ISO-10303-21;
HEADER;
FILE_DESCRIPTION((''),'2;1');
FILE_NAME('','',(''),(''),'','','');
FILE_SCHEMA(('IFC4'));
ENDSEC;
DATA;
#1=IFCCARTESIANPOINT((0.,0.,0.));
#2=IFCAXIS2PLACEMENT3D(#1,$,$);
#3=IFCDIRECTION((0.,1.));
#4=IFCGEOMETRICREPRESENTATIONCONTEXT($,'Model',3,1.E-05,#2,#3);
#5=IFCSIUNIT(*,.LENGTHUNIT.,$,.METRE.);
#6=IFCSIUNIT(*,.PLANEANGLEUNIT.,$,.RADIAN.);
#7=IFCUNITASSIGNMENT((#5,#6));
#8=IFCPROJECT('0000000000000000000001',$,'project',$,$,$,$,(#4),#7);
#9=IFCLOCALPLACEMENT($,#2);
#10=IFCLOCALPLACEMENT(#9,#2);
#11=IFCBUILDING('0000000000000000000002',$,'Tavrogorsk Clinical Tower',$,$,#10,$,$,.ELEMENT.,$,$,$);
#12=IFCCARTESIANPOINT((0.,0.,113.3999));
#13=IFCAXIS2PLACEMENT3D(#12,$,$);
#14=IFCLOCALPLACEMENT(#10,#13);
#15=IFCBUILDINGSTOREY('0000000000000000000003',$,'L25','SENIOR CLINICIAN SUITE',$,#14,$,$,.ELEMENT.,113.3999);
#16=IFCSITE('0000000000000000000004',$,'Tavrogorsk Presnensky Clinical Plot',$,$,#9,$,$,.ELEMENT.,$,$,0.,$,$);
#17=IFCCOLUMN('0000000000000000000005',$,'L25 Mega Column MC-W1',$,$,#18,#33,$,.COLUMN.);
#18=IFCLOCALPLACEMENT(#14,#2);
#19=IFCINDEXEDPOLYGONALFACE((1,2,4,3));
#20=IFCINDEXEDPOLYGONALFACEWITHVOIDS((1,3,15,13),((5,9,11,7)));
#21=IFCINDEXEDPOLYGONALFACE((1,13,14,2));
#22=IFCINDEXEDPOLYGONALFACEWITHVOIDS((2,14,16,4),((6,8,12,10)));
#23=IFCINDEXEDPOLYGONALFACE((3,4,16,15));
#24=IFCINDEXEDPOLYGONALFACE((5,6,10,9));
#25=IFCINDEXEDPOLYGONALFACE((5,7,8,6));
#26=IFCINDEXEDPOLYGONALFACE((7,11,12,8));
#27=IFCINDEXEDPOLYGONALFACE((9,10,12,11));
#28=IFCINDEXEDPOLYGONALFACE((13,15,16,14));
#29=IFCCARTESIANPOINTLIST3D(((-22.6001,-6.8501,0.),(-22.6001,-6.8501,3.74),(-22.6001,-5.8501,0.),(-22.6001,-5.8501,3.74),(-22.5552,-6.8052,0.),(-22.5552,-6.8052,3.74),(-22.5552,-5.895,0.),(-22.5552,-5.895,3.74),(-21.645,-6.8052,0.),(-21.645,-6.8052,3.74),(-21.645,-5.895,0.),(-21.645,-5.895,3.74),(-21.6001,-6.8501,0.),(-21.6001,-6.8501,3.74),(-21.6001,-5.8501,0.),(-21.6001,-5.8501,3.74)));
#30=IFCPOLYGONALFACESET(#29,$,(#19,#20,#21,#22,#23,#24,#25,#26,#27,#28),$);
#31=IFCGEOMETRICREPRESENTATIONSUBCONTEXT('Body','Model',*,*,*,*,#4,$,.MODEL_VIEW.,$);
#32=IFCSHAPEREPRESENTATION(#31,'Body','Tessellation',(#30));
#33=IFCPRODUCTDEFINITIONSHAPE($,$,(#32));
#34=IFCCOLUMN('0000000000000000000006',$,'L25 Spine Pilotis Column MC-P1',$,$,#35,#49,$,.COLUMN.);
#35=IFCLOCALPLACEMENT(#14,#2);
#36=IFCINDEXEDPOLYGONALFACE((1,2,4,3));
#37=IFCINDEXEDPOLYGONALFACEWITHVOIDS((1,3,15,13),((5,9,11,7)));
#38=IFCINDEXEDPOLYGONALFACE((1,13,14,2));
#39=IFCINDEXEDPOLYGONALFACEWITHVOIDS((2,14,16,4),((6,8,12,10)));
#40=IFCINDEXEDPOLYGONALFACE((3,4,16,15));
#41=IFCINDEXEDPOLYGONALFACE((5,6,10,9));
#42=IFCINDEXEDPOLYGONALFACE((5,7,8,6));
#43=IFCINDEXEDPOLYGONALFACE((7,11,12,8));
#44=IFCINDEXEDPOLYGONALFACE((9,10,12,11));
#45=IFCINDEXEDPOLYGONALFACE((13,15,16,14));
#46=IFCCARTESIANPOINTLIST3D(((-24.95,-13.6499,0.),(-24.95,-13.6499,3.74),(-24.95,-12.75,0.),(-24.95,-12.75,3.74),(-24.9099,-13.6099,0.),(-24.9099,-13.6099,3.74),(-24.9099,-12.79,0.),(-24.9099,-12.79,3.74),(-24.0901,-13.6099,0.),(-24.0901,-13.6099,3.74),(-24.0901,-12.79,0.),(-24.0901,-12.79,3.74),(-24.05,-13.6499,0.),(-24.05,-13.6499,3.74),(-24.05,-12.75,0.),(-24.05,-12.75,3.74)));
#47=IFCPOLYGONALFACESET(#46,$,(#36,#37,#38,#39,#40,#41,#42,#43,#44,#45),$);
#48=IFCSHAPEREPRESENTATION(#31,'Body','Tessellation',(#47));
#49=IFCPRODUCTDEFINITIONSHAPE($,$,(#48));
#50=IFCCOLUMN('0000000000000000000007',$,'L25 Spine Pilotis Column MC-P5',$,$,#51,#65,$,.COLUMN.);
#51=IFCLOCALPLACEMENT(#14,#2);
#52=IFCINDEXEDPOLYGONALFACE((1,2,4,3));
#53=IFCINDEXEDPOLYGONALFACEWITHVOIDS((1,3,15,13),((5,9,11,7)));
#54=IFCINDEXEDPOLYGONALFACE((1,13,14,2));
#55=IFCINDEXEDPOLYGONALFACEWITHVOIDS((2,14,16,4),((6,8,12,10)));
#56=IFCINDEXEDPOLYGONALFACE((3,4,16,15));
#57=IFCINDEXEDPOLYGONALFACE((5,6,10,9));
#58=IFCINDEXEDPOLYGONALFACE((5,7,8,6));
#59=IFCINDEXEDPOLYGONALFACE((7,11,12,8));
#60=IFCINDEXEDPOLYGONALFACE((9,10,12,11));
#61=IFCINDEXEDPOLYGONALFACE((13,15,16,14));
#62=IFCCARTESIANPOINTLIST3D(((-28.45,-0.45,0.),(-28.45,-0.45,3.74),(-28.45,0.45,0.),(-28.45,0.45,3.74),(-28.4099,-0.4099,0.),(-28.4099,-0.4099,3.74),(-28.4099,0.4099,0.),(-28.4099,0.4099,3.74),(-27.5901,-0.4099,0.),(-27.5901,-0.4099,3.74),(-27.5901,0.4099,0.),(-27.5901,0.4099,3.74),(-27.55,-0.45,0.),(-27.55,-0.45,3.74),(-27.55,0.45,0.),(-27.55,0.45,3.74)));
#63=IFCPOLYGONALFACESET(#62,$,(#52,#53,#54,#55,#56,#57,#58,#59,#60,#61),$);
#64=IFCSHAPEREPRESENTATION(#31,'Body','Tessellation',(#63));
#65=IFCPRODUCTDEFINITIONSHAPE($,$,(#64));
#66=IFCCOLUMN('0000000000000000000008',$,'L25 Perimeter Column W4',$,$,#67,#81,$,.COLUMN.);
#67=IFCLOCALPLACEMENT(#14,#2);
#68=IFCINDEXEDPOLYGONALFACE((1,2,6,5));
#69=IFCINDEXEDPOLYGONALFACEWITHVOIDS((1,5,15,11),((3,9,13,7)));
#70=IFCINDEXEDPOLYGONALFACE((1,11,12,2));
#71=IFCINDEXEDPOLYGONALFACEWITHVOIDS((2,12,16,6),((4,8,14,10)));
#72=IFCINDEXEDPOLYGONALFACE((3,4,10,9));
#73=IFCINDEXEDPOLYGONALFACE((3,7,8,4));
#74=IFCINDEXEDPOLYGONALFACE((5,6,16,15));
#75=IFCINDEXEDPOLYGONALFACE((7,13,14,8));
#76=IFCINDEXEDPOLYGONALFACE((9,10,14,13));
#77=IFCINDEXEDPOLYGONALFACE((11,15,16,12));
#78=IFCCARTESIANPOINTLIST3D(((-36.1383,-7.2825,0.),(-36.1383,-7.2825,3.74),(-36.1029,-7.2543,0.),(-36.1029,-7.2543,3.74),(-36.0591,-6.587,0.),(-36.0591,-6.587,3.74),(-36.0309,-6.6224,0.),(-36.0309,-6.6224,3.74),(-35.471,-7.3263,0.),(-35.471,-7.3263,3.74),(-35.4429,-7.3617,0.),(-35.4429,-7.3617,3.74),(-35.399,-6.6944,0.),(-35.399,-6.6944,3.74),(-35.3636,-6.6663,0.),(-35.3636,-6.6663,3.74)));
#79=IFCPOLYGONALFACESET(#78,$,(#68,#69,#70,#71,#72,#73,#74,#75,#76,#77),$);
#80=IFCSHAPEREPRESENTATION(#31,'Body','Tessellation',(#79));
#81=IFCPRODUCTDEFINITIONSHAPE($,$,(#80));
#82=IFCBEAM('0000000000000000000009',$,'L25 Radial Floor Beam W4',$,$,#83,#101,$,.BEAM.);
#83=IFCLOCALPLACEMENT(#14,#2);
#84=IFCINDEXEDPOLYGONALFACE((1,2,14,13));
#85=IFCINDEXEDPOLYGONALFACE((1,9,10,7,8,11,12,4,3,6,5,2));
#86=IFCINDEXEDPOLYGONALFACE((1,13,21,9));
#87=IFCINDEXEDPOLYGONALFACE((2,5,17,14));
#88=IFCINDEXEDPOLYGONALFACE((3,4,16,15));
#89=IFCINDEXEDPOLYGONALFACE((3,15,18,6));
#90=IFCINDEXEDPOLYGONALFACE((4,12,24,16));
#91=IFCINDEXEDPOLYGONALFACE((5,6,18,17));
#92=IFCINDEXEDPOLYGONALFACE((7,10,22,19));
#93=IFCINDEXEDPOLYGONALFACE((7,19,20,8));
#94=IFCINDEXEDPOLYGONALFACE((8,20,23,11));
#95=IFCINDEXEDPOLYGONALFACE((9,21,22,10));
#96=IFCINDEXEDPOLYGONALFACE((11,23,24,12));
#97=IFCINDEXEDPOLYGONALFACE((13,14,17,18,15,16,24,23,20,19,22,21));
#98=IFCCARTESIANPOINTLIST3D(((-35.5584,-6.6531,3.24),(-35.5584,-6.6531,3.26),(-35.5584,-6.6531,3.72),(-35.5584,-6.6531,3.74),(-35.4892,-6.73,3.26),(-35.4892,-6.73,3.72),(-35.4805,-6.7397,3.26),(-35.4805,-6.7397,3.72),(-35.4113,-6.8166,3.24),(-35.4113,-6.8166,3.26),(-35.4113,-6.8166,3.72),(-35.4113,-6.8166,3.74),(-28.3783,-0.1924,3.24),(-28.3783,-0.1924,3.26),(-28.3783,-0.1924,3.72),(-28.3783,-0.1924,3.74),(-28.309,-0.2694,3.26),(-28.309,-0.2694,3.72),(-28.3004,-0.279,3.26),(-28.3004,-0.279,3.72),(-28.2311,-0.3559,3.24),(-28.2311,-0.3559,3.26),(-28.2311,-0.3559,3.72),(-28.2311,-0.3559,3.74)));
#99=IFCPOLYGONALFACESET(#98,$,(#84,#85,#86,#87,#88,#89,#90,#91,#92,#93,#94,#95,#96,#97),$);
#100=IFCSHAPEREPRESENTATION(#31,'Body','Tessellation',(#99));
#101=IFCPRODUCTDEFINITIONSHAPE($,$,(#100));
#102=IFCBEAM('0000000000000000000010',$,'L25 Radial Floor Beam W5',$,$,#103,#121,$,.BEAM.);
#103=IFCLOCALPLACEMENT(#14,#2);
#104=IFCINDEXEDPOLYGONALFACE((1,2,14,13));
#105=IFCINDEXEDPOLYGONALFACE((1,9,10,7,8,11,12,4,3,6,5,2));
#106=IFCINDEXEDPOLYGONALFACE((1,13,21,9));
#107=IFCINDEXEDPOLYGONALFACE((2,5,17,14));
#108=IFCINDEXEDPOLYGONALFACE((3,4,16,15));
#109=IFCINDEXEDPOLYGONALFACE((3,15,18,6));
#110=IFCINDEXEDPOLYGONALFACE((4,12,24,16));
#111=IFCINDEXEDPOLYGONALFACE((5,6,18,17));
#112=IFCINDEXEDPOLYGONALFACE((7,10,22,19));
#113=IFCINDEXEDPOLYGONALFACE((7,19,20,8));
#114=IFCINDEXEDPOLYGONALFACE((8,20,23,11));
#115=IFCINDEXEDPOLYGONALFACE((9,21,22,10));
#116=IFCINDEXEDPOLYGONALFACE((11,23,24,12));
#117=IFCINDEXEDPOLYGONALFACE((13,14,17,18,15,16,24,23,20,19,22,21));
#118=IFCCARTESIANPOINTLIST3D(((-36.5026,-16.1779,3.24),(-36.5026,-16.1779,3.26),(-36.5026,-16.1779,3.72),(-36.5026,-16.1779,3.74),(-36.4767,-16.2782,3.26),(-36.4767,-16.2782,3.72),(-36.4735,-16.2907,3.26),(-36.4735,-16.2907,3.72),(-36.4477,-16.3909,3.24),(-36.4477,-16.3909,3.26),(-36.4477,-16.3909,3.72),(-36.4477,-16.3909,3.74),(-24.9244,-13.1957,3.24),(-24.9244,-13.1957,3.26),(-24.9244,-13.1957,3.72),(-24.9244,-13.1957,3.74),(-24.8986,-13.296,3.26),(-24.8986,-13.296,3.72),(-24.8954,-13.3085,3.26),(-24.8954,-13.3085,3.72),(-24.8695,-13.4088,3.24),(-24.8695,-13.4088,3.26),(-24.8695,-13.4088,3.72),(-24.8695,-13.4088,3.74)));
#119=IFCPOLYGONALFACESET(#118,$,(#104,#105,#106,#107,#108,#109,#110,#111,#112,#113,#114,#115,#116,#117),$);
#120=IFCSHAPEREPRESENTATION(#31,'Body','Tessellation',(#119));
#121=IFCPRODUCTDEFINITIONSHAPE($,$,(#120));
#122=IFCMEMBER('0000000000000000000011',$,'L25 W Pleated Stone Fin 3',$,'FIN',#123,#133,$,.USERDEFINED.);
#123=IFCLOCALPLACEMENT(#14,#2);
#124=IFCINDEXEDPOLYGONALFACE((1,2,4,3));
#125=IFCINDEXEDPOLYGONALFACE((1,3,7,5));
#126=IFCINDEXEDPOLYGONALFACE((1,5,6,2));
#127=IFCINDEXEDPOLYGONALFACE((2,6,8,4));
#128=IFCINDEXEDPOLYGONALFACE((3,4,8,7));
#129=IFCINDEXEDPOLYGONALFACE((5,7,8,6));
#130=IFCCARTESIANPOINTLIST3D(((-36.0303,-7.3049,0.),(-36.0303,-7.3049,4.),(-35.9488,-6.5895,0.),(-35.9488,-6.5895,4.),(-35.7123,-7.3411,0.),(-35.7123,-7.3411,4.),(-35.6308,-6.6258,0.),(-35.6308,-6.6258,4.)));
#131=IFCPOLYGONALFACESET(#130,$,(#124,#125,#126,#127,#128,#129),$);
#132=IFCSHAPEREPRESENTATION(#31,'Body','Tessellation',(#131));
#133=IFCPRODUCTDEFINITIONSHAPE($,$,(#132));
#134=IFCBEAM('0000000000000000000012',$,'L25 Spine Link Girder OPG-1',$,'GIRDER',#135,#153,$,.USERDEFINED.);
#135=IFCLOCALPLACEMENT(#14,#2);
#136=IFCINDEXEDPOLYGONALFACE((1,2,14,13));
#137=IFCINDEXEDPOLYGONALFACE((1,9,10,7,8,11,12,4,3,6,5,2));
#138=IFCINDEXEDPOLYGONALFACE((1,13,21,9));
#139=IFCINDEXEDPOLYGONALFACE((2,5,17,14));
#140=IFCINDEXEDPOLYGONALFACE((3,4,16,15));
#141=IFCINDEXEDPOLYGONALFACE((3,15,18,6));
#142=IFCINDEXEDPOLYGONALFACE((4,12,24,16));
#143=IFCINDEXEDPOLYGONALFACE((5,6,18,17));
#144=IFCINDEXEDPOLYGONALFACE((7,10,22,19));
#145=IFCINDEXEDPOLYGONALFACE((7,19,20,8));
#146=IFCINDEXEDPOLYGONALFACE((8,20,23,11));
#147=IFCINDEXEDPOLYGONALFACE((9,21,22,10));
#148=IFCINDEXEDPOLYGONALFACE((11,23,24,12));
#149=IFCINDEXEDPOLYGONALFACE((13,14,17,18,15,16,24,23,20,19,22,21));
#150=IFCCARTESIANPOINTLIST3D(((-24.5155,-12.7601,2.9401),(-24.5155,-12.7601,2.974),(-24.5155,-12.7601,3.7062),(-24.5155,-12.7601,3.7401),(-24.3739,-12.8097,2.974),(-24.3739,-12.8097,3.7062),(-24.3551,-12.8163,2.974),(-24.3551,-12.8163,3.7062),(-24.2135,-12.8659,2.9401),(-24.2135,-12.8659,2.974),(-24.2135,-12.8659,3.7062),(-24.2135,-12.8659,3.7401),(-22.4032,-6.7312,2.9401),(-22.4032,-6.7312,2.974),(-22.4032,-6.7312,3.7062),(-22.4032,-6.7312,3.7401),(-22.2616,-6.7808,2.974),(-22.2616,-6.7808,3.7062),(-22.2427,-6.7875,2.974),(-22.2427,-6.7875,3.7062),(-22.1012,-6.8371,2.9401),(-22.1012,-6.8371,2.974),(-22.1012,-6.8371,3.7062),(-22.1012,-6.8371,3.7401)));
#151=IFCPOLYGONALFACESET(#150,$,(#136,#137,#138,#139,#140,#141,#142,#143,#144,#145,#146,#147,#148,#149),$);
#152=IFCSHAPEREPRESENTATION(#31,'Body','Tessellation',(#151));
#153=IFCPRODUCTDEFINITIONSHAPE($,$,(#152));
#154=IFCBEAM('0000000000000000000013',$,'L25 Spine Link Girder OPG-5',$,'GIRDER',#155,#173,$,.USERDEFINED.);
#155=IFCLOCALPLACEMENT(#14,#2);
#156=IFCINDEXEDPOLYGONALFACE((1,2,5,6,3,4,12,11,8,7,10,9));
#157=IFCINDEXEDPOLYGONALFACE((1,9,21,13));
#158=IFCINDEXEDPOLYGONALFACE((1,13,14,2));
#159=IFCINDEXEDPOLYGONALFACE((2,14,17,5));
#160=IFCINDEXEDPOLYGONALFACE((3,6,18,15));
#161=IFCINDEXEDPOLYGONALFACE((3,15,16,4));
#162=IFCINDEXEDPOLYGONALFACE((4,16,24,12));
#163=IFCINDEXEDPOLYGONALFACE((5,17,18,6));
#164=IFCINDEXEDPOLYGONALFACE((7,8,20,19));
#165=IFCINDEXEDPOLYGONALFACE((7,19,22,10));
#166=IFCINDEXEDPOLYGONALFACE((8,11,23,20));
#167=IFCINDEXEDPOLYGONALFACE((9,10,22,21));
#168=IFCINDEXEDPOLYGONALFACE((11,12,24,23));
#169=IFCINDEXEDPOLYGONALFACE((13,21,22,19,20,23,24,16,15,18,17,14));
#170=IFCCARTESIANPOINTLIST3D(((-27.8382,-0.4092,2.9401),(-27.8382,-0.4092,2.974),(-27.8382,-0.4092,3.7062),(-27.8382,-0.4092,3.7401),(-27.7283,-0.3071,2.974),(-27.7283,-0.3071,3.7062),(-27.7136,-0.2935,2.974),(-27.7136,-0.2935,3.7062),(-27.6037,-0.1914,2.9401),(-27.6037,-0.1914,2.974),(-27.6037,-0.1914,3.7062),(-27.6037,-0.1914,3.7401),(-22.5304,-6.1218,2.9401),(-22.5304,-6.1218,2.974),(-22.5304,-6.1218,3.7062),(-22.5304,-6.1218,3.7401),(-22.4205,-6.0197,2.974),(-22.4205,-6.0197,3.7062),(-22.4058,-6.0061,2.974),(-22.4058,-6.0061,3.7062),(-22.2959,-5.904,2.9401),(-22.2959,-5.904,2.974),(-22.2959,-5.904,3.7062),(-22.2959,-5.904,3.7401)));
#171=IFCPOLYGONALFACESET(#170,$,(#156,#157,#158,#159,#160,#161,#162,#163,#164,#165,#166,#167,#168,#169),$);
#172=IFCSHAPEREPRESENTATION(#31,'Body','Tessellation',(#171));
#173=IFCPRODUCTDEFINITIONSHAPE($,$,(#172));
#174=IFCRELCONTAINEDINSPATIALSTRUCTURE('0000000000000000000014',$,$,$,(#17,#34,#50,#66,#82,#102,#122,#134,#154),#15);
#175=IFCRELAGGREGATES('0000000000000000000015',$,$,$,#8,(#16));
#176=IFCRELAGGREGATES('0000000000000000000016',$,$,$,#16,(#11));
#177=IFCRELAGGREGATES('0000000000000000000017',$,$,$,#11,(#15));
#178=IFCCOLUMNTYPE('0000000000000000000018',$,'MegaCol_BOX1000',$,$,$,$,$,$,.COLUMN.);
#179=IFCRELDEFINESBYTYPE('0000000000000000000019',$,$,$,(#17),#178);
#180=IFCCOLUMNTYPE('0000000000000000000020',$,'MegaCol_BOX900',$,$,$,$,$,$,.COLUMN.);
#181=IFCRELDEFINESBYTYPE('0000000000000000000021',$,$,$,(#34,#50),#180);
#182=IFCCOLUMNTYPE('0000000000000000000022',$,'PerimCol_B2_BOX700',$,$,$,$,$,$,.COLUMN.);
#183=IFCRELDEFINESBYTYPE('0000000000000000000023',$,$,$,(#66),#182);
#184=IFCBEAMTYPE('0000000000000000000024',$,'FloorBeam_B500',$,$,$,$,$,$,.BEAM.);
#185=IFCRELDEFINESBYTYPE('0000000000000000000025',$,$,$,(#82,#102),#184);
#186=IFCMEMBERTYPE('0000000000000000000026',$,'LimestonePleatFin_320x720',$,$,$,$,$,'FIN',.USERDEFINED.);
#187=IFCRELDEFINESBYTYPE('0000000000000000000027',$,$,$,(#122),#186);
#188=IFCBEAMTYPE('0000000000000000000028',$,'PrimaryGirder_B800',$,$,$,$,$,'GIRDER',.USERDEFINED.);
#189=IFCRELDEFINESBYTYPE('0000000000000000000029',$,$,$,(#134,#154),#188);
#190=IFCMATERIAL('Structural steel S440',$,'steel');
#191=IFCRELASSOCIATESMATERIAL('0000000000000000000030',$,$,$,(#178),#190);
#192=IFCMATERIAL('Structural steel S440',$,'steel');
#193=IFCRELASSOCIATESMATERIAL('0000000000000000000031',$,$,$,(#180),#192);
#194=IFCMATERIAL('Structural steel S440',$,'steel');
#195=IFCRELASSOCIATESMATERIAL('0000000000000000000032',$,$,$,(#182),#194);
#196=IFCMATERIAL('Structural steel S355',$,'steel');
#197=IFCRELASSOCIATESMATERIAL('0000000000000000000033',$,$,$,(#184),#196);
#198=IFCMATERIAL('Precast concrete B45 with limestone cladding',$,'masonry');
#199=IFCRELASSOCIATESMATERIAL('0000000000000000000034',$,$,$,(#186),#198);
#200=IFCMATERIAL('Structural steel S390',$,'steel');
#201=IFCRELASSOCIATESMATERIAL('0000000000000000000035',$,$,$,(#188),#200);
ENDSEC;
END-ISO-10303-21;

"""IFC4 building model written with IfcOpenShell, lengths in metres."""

from ifc_helpers import new_model, si_unit, direction, frame, origin, origin_2d, place, context, subcontext, project, spatial, rectangle, hollow_rectangle, i_section, extrude, material, material_profile, profile_set, type_object, element, save


model = new_model("IFC4")

# Units and contexts
model_context = context("Model", 3, precision=1e-05, world=origin(), true_north=direction((0.0, 1.0)))
body_context = subcontext(model_context, "Body", "Model", "MODEL_VIEW")
ifc_project = project(units=[si_unit("LENGTHUNIT", "METRE"), si_unit("PLANEANGLEUNIT", "RADIAN")], contexts=[model_context])

# Site, building, storey
site_placement = place(None, origin())
site = spatial("IfcSite", under=ifc_project, at=site_placement, Name="Tavrogorsk Presnensky Clinical Plot", CompositionType="ELEMENT", RefElevation=0.0)
building_placement = place(site_placement, origin())
building = spatial("IfcBuilding", under=site, at=building_placement, Name="Tavrogorsk Clinical Tower", CompositionType="ELEMENT")
storey_placement = place(building_placement, frame((0.0, 0.0, 113.3999)))
storey = spatial("IfcBuildingStorey", under=building, at=storey_placement, Name="L25", Description="SENIOR CLINICIAN SUITE", CompositionType="ELEMENT", Elevation=113.3999)

# Columns
ifc_material_1 = material(Name="Structural steel S440", Category="steel")
ifc_material_profile_1 = material_profile(ifc_material_1, hollow_rectangle(XDim=1.0, YDim=1.0, WallThickness=0.0449, at=origin_2d()), Name="BOX-1000x1000x45")
ifc_profile_set_1 = profile_set([ifc_material_profile_1], Name="Structural steel S440")
column_type_1 = type_object("IfcColumnType", Name="MegaCol_BOX1000", PredefinedType="COLUMN", material=ifc_profile_set_1)
column_1_placement = place(storey_placement, frame((-22.1001, -6.3501, 0.0), z_axis=(0.0, 0.0, 1.0), x_axis=(1.0, 0.0, 0.0)))
element("IfcColumn", 1, at=column_1_placement, inside=storey, type_object=column_type_1, Name="L25 Mega Column MC-W1", PredefinedType="COLUMN", context=body_context, shape_type="SweptSolid", body=[
    extrude(hollow_rectangle(XDim=1.0, YDim=1.0, WallThickness=0.0449, at=origin_2d()), origin(), (0.0, 0.0, 1.0), 3.74),
])
ifc_material_2 = material(Name="Structural steel S440", Category="steel")
ifc_material_profile_2 = material_profile(ifc_material_2, hollow_rectangle(XDim=0.8999, YDim=0.8999, WallThickness=0.04, at=origin_2d()), Name="BOX-900x900x40")
ifc_profile_set_2 = profile_set([ifc_material_profile_2], Name="Structural steel S440")
column_type_2 = type_object("IfcColumnType", Name="MegaCol_BOX900", PredefinedType="COLUMN", material=ifc_profile_set_2)
for number, where, z_axis, x_axis, name in (
    (2, (-24.5, -13.2, 0.0), (0.0, 0.0, 1.0), (1.0, 0.0, 0.0), "L25 Spine Pilotis Column MC-P1"),
    (3, (-28.0, 0.0, 0.0), (0.0, 0.0, 1.0), (1.0, 0.0, 0.0), "L25 Spine Pilotis Column MC-P5"),
):
    element("IfcColumn", number, at=place(storey_placement, frame(where, z_axis=z_axis, x_axis=x_axis)), inside=storey, type_object=column_type_2, Name=name, PredefinedType="COLUMN", context=body_context, shape_type="SweptSolid", body=[
        extrude(hollow_rectangle(XDim=0.8999, YDim=0.8999, WallThickness=0.04, at=origin_2d()), origin(), (0.0, 0.0, 1.0), 3.74),
    ])
ifc_material_3 = material(Name="Structural steel S440", Category="steel")
ifc_material_profile_3 = material_profile(ifc_material_3, hollow_rectangle(XDim=0.7, YDim=0.7, WallThickness=0.032, at=origin_2d()), Name="BOX-700x700x32")
ifc_profile_set_3 = profile_set([ifc_material_profile_3], Name="Structural steel S440")
column_type_3 = type_object("IfcColumnType", Name="PerimCol_B2_BOX700", PredefinedType="COLUMN", material=ifc_profile_set_3)
column_2_placement = place(storey_placement, frame((-35.751, -6.9744, 0.0), z_axis=(0.0, 0.0, 1.0), x_axis=(0.993572, -0.113203, 0.0)))
element("IfcColumn", 4, at=column_2_placement, inside=storey, type_object=column_type_3, Name="L25 Perimeter Column W4", PredefinedType="COLUMN", context=body_context, shape_type="SweptSolid", body=[
    extrude(hollow_rectangle(XDim=0.7, YDim=0.7, WallThickness=0.032, at=origin_2d()), origin(), (0.0, 0.0, 1.0), 3.74),
])

# Beams
ifc_material_4 = material(Name="Structural steel S355", Category="steel")
ifc_material_profile_4 = material_profile(ifc_material_4, i_section(OverallWidth=0.22, OverallDepth=0.5, WebThickness=0.0129, FlangeThickness=0.02, at=origin_2d()), Name="B-500x220x13x20")
ifc_profile_set_4 = profile_set([ifc_material_profile_4], Name="Structural steel S355")
beam_type_1 = type_object("IfcBeamType", Name="FloorBeam_B500", PredefinedType="BEAM", material=ifc_profile_set_4)
beam_1_placement = place(storey_placement, frame((-28.3047, -0.2742, 3.49), z_axis=(-0.74337, -0.668881, 0.0), x_axis=(0.668881, -0.74337, 0.0)))
element("IfcBeam", 5, at=beam_1_placement, inside=storey, type_object=beam_type_1, Name="L25 Radial Floor Beam W4", PredefinedType="BEAM", context=body_context, shape_type="SweptSolid", body=[
    extrude(i_section(OverallWidth=0.22, OverallDepth=0.5, WebThickness=0.0129, FlangeThickness=0.02, at=origin_2d()), origin(), (0.0, 0.0, 1.0), 9.6589),
])
beam_2_placement = place(storey_placement, frame((-24.897, -13.3022, 3.49), z_axis=(-0.968393, -0.249429, 0.0), x_axis=(0.249429, -0.968393, 0.0)))
element("IfcBeam", 6, at=beam_2_placement, inside=storey, type_object=beam_type_1, Name="L25 Radial Floor Beam W5", PredefinedType="BEAM", context=body_context, shape_type="SweptSolid", body=[
    extrude(i_section(OverallWidth=0.22, OverallDepth=0.5, WebThickness=0.0129, FlangeThickness=0.02, at=origin_2d()), origin(), (0.0, 0.0, 1.0), 11.9561),
])

# Member
ifc_material_5 = material(Name="Precast concrete B45 with limestone cladding", Category="masonry")
ifc_material_profile_5 = material_profile(ifc_material_5, rectangle(XDim=0.3201, YDim=0.72, at=origin_2d()), Name="LIMESTONE-FIN-320x720")
ifc_profile_set_5 = profile_set([ifc_material_profile_5], Name="Precast concrete B45 with limestone cladding")
member_type = type_object("IfcMemberType", Name="LimestonePleatFin_320x720", ElementType="FIN", PredefinedType="USERDEFINED", material=ifc_profile_set_5)
member_placement = place(storey_placement, frame((-35.8306, -6.9653, 0.0), z_axis=(0.0, 0.0, 1.0), x_axis=(0.993572, -0.113203, 0.0)))
element("IfcMember", 7, at=member_placement, inside=storey, type_object=member_type, Name="L25 W Pleated Stone Fin 3", ObjectType="FIN", PredefinedType="USERDEFINED", context=body_context, shape_type="SweptSolid", body=[
    extrude(rectangle(XDim=0.3201, YDim=0.72, at=origin_2d()), origin(), (0.0, 0.0, 1.0), 4.0),
])

# Beams
ifc_material_6 = material(Name="Structural steel S390", Category="steel")
ifc_material_profile_6 = material_profile(ifc_material_6, i_section(OverallWidth=0.3201, OverallDepth=0.8, WebThickness=0.02, FlangeThickness=0.0339, at=origin_2d()), Name="B-800x320x20x34")
ifc_profile_set_6 = profile_set([ifc_material_profile_6], Name="Structural steel S390")
beam_type_2 = type_object("IfcBeamType", Name="PrimaryGirder_B800", ElementType="GIRDER", PredefinedType="USERDEFINED", material=ifc_profile_set_6)
beam_3_placement = place(storey_placement, frame((-24.3645, -12.813, 3.3401), z_axis=(0.33066, 0.94375, 0.0), x_axis=(-0.94375, 0.33066, 0.0)))
element("IfcBeam", 8, at=beam_3_placement, inside=storey, type_object=beam_type_2, Name="L25 Spine Link Girder OPG-1", ObjectType="GIRDER", PredefinedType="USERDEFINED", context=body_context, shape_type="SweptSolid", body=[
    extrude(i_section(OverallWidth=0.3201, OverallDepth=0.8, WebThickness=0.02, FlangeThickness=0.0339, at=origin_2d()), origin(), (0.0, 0.0, 1.0), 6.3882),
])
beam_4_placement = place(storey_placement, frame((-27.7209, -0.3003, 3.3401), z_axis=(0.680676, -0.732585, 0.0), x_axis=(0.732585, 0.680676, 0.0)))
element("IfcBeam", 9, at=beam_4_placement, inside=storey, type_object=beam_type_2, Name="L25 Spine Link Girder OPG-5", ObjectType="GIRDER", PredefinedType="USERDEFINED", context=body_context, shape_type="SweptSolid", body=[
    extrude(i_section(OverallWidth=0.3201, OverallDepth=0.8, WebThickness=0.02, FlangeThickness=0.0339, at=origin_2d()), origin(), (0.0, 0.0, 1.0), 7.7979),
])

save(model, "model.ifc")
